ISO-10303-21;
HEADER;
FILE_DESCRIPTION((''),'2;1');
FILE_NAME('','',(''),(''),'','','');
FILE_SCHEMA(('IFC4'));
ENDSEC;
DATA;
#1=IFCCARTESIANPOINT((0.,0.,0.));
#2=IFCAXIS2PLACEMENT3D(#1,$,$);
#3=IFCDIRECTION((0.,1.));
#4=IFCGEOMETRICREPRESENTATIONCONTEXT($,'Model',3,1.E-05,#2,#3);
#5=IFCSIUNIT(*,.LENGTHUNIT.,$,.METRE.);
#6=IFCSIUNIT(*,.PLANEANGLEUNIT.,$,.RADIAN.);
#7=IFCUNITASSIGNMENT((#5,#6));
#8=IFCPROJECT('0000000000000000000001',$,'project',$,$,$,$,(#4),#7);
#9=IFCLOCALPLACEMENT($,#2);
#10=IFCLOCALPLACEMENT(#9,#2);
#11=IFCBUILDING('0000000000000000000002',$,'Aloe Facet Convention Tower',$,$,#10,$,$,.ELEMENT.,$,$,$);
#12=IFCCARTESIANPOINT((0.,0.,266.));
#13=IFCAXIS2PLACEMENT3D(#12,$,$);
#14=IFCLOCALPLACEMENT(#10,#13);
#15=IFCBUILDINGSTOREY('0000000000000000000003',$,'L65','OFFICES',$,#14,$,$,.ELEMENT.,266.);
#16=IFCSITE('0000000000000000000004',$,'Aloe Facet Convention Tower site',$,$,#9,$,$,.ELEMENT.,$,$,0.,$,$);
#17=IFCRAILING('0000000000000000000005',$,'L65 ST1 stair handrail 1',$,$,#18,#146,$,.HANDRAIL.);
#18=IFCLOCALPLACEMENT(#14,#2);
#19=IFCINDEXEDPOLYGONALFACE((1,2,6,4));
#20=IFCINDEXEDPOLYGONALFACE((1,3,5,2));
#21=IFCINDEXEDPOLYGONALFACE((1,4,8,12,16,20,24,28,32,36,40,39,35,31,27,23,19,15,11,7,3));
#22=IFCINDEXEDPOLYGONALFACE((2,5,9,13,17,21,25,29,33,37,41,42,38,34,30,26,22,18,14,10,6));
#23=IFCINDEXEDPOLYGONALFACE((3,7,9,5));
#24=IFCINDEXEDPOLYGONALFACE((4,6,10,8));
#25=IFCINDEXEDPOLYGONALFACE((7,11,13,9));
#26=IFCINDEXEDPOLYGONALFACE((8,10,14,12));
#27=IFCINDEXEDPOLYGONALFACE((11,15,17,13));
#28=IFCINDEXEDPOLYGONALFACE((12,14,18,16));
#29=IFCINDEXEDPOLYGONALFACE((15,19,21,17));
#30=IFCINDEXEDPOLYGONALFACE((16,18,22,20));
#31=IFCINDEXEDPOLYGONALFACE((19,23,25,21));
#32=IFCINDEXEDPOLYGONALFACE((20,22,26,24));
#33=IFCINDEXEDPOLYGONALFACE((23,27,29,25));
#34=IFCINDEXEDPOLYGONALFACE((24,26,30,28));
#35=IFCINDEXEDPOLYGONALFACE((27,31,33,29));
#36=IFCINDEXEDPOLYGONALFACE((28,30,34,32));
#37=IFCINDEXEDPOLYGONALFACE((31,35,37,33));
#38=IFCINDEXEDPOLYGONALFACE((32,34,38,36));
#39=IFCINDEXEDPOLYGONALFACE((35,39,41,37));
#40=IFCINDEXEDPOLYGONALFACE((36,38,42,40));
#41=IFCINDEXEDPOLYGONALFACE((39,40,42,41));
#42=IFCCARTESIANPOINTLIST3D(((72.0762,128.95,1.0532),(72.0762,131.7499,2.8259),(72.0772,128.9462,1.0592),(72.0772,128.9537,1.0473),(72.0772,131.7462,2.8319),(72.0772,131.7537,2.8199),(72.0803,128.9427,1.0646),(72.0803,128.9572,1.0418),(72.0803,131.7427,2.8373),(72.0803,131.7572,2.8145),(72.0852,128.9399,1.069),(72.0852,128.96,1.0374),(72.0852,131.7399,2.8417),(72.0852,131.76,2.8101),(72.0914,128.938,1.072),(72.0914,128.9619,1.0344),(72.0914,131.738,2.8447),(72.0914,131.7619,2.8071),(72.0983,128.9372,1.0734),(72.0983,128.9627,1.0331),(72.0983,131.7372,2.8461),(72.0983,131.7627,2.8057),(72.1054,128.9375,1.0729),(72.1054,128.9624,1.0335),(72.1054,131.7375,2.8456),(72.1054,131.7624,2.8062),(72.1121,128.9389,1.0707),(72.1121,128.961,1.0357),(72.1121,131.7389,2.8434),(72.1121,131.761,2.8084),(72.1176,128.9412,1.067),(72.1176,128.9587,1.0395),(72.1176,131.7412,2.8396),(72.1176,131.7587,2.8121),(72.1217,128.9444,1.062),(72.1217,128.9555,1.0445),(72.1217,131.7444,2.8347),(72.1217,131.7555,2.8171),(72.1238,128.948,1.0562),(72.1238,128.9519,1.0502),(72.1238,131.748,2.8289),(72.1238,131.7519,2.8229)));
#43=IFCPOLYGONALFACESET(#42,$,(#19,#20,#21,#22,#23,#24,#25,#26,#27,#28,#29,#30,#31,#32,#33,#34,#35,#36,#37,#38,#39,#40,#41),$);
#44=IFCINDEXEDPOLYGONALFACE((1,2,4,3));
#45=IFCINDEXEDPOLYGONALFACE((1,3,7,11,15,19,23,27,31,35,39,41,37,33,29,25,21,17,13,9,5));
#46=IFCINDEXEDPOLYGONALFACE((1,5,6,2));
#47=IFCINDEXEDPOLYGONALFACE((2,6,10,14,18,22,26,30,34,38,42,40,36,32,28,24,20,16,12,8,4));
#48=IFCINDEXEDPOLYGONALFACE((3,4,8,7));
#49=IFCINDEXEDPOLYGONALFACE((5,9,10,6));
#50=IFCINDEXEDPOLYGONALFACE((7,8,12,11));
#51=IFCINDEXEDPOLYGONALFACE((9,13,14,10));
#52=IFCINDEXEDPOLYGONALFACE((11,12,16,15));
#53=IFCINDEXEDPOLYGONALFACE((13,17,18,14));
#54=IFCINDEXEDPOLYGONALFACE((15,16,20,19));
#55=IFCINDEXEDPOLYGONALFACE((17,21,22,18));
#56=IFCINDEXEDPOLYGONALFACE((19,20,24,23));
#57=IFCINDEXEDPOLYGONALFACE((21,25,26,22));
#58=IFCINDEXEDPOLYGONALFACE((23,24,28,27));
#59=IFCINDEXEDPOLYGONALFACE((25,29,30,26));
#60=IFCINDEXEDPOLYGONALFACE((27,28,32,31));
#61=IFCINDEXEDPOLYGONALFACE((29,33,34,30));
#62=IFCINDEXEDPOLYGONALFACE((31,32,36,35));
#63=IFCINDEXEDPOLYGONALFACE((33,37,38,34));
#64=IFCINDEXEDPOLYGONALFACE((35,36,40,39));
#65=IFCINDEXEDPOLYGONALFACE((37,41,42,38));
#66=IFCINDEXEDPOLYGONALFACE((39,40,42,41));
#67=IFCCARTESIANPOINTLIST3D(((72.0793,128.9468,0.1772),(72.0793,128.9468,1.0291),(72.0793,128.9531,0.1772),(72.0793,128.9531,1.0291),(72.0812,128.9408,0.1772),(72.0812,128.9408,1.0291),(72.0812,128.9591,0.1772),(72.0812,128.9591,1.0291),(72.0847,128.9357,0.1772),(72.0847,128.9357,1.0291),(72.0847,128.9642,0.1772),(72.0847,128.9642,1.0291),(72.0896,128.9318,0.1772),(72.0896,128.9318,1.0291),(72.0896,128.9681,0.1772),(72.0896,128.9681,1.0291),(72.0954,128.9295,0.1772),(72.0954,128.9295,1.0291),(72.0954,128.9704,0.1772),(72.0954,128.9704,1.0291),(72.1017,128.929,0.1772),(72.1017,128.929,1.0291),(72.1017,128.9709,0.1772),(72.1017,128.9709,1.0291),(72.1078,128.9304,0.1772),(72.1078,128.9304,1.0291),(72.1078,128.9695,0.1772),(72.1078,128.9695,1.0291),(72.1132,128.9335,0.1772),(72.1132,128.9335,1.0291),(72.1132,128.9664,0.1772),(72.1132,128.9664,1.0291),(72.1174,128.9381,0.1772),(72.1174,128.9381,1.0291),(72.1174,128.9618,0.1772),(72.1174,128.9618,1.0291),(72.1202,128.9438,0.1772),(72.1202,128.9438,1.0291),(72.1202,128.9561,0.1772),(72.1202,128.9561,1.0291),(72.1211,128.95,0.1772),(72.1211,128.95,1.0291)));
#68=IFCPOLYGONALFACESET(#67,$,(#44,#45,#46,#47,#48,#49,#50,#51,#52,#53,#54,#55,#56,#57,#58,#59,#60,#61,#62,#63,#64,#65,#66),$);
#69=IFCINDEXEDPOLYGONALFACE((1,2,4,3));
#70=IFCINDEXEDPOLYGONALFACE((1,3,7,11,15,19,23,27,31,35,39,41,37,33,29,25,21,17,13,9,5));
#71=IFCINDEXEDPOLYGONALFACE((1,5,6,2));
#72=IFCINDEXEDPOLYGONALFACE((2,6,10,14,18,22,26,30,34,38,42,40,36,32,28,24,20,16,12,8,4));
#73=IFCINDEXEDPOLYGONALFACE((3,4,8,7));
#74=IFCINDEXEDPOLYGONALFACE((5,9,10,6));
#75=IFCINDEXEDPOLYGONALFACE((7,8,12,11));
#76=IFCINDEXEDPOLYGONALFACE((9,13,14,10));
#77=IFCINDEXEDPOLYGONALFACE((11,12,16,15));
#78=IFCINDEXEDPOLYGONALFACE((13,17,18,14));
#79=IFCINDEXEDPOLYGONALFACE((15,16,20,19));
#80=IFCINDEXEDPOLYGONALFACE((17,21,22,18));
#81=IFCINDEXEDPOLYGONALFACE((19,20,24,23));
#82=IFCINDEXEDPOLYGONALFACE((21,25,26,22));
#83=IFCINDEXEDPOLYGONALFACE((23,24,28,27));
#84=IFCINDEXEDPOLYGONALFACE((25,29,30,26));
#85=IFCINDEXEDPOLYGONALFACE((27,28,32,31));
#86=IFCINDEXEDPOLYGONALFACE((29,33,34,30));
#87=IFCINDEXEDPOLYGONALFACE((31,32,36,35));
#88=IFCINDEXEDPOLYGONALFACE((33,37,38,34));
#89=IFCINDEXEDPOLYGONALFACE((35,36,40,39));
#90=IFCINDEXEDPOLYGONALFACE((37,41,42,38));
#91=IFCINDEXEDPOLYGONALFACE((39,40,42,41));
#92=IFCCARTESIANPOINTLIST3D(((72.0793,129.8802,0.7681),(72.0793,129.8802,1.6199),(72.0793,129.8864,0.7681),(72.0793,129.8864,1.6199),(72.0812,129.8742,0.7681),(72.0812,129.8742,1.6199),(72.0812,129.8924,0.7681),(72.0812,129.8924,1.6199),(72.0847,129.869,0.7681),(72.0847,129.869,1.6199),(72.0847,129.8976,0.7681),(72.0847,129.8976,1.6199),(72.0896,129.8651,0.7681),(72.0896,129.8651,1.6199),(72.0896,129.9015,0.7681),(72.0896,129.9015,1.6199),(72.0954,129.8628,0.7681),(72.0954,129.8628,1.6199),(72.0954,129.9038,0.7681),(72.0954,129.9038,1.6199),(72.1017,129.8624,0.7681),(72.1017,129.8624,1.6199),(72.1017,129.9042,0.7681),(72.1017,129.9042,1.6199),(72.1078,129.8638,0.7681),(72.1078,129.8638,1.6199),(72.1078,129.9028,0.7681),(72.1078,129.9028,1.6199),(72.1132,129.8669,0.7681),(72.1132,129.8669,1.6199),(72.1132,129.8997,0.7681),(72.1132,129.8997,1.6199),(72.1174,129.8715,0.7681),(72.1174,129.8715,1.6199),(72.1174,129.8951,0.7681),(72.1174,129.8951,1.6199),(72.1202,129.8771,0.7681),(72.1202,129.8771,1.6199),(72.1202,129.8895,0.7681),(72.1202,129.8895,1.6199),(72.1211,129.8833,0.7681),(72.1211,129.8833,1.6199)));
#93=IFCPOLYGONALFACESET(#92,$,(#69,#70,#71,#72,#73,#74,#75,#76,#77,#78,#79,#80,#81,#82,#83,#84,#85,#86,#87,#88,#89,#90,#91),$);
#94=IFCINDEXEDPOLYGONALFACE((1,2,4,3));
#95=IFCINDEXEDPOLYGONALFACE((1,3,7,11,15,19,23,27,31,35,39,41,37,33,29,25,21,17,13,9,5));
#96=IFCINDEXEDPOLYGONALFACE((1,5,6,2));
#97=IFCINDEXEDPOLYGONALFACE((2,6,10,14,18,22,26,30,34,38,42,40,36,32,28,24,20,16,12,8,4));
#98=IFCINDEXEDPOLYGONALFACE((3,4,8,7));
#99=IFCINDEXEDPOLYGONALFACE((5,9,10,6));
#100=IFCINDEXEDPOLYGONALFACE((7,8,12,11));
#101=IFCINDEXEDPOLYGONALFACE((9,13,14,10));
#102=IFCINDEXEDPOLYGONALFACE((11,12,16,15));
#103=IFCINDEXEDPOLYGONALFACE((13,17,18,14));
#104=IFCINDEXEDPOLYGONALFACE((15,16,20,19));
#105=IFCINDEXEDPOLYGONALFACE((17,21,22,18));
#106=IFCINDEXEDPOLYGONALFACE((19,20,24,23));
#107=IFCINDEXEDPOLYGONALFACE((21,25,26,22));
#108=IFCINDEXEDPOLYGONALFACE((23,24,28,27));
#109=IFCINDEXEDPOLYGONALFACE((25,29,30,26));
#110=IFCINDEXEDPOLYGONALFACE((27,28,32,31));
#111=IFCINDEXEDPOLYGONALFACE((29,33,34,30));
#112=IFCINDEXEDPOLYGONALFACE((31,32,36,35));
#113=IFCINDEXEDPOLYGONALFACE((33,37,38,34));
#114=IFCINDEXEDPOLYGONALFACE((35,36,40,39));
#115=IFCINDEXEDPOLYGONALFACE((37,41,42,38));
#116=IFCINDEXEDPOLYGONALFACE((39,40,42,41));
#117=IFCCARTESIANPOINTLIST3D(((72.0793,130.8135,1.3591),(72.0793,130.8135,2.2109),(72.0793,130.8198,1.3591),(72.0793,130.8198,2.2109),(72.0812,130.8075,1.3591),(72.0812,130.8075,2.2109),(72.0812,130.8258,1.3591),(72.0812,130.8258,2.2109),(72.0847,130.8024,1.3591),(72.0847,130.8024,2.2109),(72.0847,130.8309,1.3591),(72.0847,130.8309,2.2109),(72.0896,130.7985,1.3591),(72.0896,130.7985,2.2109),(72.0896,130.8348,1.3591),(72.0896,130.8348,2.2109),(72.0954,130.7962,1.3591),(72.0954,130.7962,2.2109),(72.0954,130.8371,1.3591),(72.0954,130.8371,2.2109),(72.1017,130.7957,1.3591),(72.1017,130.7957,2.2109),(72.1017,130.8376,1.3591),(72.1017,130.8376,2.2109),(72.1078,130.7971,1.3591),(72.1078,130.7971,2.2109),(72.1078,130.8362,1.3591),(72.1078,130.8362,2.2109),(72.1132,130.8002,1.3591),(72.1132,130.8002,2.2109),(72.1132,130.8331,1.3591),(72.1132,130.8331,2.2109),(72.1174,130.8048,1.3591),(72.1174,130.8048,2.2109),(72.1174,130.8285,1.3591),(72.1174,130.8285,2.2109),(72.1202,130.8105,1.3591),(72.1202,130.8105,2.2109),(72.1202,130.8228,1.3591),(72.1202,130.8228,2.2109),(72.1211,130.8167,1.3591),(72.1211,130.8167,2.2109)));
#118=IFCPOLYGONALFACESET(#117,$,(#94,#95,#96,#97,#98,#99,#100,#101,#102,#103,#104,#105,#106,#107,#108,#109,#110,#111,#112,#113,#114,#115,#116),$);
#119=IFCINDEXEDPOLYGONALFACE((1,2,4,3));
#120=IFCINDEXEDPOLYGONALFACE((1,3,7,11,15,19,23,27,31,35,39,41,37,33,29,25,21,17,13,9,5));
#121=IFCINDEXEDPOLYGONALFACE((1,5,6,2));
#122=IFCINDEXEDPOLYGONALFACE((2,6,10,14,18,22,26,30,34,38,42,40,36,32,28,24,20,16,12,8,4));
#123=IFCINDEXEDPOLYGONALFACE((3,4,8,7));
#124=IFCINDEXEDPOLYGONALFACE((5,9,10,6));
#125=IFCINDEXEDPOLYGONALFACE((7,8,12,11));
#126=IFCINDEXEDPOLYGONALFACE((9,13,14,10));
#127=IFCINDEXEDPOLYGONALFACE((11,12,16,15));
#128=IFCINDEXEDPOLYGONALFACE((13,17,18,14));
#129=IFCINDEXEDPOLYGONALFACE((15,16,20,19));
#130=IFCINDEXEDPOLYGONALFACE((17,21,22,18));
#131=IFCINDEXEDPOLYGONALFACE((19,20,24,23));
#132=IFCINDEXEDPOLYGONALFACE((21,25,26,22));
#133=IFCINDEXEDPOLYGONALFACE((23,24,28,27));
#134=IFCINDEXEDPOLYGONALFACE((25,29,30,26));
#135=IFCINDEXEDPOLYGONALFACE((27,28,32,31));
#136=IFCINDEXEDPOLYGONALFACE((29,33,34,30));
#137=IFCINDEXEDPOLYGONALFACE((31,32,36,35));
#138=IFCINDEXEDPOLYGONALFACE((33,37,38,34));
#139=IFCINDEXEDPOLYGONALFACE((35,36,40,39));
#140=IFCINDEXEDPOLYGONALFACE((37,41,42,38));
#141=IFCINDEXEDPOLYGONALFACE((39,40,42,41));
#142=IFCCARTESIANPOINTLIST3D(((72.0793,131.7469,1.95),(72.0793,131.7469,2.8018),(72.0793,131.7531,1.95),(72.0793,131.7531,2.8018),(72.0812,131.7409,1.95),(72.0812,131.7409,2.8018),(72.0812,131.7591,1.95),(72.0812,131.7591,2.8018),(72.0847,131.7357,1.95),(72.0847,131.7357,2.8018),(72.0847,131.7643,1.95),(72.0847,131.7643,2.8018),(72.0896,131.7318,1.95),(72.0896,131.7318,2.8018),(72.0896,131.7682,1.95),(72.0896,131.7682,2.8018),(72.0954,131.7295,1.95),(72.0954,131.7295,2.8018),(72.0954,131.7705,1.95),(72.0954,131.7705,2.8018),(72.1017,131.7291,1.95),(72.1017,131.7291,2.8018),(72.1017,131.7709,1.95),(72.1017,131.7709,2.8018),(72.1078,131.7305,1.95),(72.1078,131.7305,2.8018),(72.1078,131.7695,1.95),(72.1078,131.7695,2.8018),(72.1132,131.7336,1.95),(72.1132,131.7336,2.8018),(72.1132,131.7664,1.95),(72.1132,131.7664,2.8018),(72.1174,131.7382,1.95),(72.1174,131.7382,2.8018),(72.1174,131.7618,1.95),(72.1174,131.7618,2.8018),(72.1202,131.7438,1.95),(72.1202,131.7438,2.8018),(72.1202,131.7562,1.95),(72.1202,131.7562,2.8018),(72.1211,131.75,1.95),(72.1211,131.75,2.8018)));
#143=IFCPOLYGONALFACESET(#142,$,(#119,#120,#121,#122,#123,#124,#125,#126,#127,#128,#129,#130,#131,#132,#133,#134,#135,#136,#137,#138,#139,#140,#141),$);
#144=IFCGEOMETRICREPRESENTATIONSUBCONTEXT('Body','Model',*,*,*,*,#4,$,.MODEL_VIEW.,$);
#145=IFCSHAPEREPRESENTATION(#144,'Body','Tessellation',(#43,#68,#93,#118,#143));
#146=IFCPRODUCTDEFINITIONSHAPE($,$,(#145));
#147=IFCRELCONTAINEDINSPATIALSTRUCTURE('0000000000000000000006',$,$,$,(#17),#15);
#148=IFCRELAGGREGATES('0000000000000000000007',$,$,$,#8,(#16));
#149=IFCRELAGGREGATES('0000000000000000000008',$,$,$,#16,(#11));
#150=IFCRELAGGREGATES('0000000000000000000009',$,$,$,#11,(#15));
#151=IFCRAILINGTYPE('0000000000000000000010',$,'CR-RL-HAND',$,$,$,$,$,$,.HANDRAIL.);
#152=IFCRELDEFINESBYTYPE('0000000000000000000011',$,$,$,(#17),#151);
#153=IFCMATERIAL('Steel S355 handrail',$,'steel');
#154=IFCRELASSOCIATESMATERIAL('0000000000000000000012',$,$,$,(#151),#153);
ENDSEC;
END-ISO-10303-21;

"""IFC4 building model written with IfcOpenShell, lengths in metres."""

from ifc_helpers import new_model, si_unit, direction, frame, origin, origin_2d, place, context, subcontext, project, spatial, circle, extrude, material, type_object, element, save


model = new_model("IFC4")

# Units and contexts
model_context = context("Model", 3, precision=1e-05, world=origin(), true_north=direction((0.0, 1.0)))
body_context = subcontext(model_context, "Body", "Model", "MODEL_VIEW")
ifc_project = project(units=[si_unit("LENGTHUNIT", "METRE"), si_unit("PLANEANGLEUNIT", "RADIAN")], contexts=[model_context])

# Site, building, storey
site_placement = place(None, origin())
site = spatial("IfcSite", under=ifc_project, at=site_placement, Name="Aloe Facet Convention Tower site", CompositionType="ELEMENT", RefElevation=0.0)
building_placement = place(site_placement, origin())
building = spatial("IfcBuilding", under=site, at=building_placement, Name="Aloe Facet Convention Tower", CompositionType="ELEMENT")
storey_placement = place(building_placement, frame((0.0, 0.0, 266.0)))
storey = spatial("IfcBuildingStorey", under=building, at=storey_placement, Name="L65", Description="OFFICES", CompositionType="ELEMENT", Elevation=266.0)

# Railing
ifc_material_1 = material(Name="Steel S355 handrail", Category="steel")
railing_type_1 = type_object("IfcRailingType", Name="CR-RL-HAND", PredefinedType="HANDRAIL", material=ifc_material_1)
railing_1_placement = place(storey_placement, frame((72.1001, 128.95, 0.1772)))
element("IfcRailing", 1, at=railing_1_placement, inside=storey, type_object=railing_type_1, Name="L65 ST1 stair handrail 1", PredefinedType="HANDRAIL", context=body_context, shape_type="SweptSolid", body=[
    extrude(circle(Radius=0.0239, at=origin_2d()), frame((0.0, 0.0, 0.876), z_axis=(0.0, 0.844909, 0.53491), x_axis=(-1.0, 0.0, 0.0)), (0.0, 0.0, 1.0), 3.314),
    extrude(circle(Radius=0.021, at=origin_2d()), origin(), (0.0, 0.0, 1.0), 0.8518),
    extrude(circle(Radius=0.021, at=origin_2d()), frame((0.0, 0.9333, 0.5908)), (0.0, 0.0, 1.0), 0.8518),
    extrude(circle(Radius=0.021, at=origin_2d()), frame((0.0, 1.8667, 1.1819)), (0.0, 0.0, 1.0), 0.8518),
    extrude(circle(Radius=0.021, at=origin_2d()), frame((0.0, 2.8, 1.7727)), (0.0, 0.0, 1.0), 0.8518),
])

save(model, "model.ifc")
